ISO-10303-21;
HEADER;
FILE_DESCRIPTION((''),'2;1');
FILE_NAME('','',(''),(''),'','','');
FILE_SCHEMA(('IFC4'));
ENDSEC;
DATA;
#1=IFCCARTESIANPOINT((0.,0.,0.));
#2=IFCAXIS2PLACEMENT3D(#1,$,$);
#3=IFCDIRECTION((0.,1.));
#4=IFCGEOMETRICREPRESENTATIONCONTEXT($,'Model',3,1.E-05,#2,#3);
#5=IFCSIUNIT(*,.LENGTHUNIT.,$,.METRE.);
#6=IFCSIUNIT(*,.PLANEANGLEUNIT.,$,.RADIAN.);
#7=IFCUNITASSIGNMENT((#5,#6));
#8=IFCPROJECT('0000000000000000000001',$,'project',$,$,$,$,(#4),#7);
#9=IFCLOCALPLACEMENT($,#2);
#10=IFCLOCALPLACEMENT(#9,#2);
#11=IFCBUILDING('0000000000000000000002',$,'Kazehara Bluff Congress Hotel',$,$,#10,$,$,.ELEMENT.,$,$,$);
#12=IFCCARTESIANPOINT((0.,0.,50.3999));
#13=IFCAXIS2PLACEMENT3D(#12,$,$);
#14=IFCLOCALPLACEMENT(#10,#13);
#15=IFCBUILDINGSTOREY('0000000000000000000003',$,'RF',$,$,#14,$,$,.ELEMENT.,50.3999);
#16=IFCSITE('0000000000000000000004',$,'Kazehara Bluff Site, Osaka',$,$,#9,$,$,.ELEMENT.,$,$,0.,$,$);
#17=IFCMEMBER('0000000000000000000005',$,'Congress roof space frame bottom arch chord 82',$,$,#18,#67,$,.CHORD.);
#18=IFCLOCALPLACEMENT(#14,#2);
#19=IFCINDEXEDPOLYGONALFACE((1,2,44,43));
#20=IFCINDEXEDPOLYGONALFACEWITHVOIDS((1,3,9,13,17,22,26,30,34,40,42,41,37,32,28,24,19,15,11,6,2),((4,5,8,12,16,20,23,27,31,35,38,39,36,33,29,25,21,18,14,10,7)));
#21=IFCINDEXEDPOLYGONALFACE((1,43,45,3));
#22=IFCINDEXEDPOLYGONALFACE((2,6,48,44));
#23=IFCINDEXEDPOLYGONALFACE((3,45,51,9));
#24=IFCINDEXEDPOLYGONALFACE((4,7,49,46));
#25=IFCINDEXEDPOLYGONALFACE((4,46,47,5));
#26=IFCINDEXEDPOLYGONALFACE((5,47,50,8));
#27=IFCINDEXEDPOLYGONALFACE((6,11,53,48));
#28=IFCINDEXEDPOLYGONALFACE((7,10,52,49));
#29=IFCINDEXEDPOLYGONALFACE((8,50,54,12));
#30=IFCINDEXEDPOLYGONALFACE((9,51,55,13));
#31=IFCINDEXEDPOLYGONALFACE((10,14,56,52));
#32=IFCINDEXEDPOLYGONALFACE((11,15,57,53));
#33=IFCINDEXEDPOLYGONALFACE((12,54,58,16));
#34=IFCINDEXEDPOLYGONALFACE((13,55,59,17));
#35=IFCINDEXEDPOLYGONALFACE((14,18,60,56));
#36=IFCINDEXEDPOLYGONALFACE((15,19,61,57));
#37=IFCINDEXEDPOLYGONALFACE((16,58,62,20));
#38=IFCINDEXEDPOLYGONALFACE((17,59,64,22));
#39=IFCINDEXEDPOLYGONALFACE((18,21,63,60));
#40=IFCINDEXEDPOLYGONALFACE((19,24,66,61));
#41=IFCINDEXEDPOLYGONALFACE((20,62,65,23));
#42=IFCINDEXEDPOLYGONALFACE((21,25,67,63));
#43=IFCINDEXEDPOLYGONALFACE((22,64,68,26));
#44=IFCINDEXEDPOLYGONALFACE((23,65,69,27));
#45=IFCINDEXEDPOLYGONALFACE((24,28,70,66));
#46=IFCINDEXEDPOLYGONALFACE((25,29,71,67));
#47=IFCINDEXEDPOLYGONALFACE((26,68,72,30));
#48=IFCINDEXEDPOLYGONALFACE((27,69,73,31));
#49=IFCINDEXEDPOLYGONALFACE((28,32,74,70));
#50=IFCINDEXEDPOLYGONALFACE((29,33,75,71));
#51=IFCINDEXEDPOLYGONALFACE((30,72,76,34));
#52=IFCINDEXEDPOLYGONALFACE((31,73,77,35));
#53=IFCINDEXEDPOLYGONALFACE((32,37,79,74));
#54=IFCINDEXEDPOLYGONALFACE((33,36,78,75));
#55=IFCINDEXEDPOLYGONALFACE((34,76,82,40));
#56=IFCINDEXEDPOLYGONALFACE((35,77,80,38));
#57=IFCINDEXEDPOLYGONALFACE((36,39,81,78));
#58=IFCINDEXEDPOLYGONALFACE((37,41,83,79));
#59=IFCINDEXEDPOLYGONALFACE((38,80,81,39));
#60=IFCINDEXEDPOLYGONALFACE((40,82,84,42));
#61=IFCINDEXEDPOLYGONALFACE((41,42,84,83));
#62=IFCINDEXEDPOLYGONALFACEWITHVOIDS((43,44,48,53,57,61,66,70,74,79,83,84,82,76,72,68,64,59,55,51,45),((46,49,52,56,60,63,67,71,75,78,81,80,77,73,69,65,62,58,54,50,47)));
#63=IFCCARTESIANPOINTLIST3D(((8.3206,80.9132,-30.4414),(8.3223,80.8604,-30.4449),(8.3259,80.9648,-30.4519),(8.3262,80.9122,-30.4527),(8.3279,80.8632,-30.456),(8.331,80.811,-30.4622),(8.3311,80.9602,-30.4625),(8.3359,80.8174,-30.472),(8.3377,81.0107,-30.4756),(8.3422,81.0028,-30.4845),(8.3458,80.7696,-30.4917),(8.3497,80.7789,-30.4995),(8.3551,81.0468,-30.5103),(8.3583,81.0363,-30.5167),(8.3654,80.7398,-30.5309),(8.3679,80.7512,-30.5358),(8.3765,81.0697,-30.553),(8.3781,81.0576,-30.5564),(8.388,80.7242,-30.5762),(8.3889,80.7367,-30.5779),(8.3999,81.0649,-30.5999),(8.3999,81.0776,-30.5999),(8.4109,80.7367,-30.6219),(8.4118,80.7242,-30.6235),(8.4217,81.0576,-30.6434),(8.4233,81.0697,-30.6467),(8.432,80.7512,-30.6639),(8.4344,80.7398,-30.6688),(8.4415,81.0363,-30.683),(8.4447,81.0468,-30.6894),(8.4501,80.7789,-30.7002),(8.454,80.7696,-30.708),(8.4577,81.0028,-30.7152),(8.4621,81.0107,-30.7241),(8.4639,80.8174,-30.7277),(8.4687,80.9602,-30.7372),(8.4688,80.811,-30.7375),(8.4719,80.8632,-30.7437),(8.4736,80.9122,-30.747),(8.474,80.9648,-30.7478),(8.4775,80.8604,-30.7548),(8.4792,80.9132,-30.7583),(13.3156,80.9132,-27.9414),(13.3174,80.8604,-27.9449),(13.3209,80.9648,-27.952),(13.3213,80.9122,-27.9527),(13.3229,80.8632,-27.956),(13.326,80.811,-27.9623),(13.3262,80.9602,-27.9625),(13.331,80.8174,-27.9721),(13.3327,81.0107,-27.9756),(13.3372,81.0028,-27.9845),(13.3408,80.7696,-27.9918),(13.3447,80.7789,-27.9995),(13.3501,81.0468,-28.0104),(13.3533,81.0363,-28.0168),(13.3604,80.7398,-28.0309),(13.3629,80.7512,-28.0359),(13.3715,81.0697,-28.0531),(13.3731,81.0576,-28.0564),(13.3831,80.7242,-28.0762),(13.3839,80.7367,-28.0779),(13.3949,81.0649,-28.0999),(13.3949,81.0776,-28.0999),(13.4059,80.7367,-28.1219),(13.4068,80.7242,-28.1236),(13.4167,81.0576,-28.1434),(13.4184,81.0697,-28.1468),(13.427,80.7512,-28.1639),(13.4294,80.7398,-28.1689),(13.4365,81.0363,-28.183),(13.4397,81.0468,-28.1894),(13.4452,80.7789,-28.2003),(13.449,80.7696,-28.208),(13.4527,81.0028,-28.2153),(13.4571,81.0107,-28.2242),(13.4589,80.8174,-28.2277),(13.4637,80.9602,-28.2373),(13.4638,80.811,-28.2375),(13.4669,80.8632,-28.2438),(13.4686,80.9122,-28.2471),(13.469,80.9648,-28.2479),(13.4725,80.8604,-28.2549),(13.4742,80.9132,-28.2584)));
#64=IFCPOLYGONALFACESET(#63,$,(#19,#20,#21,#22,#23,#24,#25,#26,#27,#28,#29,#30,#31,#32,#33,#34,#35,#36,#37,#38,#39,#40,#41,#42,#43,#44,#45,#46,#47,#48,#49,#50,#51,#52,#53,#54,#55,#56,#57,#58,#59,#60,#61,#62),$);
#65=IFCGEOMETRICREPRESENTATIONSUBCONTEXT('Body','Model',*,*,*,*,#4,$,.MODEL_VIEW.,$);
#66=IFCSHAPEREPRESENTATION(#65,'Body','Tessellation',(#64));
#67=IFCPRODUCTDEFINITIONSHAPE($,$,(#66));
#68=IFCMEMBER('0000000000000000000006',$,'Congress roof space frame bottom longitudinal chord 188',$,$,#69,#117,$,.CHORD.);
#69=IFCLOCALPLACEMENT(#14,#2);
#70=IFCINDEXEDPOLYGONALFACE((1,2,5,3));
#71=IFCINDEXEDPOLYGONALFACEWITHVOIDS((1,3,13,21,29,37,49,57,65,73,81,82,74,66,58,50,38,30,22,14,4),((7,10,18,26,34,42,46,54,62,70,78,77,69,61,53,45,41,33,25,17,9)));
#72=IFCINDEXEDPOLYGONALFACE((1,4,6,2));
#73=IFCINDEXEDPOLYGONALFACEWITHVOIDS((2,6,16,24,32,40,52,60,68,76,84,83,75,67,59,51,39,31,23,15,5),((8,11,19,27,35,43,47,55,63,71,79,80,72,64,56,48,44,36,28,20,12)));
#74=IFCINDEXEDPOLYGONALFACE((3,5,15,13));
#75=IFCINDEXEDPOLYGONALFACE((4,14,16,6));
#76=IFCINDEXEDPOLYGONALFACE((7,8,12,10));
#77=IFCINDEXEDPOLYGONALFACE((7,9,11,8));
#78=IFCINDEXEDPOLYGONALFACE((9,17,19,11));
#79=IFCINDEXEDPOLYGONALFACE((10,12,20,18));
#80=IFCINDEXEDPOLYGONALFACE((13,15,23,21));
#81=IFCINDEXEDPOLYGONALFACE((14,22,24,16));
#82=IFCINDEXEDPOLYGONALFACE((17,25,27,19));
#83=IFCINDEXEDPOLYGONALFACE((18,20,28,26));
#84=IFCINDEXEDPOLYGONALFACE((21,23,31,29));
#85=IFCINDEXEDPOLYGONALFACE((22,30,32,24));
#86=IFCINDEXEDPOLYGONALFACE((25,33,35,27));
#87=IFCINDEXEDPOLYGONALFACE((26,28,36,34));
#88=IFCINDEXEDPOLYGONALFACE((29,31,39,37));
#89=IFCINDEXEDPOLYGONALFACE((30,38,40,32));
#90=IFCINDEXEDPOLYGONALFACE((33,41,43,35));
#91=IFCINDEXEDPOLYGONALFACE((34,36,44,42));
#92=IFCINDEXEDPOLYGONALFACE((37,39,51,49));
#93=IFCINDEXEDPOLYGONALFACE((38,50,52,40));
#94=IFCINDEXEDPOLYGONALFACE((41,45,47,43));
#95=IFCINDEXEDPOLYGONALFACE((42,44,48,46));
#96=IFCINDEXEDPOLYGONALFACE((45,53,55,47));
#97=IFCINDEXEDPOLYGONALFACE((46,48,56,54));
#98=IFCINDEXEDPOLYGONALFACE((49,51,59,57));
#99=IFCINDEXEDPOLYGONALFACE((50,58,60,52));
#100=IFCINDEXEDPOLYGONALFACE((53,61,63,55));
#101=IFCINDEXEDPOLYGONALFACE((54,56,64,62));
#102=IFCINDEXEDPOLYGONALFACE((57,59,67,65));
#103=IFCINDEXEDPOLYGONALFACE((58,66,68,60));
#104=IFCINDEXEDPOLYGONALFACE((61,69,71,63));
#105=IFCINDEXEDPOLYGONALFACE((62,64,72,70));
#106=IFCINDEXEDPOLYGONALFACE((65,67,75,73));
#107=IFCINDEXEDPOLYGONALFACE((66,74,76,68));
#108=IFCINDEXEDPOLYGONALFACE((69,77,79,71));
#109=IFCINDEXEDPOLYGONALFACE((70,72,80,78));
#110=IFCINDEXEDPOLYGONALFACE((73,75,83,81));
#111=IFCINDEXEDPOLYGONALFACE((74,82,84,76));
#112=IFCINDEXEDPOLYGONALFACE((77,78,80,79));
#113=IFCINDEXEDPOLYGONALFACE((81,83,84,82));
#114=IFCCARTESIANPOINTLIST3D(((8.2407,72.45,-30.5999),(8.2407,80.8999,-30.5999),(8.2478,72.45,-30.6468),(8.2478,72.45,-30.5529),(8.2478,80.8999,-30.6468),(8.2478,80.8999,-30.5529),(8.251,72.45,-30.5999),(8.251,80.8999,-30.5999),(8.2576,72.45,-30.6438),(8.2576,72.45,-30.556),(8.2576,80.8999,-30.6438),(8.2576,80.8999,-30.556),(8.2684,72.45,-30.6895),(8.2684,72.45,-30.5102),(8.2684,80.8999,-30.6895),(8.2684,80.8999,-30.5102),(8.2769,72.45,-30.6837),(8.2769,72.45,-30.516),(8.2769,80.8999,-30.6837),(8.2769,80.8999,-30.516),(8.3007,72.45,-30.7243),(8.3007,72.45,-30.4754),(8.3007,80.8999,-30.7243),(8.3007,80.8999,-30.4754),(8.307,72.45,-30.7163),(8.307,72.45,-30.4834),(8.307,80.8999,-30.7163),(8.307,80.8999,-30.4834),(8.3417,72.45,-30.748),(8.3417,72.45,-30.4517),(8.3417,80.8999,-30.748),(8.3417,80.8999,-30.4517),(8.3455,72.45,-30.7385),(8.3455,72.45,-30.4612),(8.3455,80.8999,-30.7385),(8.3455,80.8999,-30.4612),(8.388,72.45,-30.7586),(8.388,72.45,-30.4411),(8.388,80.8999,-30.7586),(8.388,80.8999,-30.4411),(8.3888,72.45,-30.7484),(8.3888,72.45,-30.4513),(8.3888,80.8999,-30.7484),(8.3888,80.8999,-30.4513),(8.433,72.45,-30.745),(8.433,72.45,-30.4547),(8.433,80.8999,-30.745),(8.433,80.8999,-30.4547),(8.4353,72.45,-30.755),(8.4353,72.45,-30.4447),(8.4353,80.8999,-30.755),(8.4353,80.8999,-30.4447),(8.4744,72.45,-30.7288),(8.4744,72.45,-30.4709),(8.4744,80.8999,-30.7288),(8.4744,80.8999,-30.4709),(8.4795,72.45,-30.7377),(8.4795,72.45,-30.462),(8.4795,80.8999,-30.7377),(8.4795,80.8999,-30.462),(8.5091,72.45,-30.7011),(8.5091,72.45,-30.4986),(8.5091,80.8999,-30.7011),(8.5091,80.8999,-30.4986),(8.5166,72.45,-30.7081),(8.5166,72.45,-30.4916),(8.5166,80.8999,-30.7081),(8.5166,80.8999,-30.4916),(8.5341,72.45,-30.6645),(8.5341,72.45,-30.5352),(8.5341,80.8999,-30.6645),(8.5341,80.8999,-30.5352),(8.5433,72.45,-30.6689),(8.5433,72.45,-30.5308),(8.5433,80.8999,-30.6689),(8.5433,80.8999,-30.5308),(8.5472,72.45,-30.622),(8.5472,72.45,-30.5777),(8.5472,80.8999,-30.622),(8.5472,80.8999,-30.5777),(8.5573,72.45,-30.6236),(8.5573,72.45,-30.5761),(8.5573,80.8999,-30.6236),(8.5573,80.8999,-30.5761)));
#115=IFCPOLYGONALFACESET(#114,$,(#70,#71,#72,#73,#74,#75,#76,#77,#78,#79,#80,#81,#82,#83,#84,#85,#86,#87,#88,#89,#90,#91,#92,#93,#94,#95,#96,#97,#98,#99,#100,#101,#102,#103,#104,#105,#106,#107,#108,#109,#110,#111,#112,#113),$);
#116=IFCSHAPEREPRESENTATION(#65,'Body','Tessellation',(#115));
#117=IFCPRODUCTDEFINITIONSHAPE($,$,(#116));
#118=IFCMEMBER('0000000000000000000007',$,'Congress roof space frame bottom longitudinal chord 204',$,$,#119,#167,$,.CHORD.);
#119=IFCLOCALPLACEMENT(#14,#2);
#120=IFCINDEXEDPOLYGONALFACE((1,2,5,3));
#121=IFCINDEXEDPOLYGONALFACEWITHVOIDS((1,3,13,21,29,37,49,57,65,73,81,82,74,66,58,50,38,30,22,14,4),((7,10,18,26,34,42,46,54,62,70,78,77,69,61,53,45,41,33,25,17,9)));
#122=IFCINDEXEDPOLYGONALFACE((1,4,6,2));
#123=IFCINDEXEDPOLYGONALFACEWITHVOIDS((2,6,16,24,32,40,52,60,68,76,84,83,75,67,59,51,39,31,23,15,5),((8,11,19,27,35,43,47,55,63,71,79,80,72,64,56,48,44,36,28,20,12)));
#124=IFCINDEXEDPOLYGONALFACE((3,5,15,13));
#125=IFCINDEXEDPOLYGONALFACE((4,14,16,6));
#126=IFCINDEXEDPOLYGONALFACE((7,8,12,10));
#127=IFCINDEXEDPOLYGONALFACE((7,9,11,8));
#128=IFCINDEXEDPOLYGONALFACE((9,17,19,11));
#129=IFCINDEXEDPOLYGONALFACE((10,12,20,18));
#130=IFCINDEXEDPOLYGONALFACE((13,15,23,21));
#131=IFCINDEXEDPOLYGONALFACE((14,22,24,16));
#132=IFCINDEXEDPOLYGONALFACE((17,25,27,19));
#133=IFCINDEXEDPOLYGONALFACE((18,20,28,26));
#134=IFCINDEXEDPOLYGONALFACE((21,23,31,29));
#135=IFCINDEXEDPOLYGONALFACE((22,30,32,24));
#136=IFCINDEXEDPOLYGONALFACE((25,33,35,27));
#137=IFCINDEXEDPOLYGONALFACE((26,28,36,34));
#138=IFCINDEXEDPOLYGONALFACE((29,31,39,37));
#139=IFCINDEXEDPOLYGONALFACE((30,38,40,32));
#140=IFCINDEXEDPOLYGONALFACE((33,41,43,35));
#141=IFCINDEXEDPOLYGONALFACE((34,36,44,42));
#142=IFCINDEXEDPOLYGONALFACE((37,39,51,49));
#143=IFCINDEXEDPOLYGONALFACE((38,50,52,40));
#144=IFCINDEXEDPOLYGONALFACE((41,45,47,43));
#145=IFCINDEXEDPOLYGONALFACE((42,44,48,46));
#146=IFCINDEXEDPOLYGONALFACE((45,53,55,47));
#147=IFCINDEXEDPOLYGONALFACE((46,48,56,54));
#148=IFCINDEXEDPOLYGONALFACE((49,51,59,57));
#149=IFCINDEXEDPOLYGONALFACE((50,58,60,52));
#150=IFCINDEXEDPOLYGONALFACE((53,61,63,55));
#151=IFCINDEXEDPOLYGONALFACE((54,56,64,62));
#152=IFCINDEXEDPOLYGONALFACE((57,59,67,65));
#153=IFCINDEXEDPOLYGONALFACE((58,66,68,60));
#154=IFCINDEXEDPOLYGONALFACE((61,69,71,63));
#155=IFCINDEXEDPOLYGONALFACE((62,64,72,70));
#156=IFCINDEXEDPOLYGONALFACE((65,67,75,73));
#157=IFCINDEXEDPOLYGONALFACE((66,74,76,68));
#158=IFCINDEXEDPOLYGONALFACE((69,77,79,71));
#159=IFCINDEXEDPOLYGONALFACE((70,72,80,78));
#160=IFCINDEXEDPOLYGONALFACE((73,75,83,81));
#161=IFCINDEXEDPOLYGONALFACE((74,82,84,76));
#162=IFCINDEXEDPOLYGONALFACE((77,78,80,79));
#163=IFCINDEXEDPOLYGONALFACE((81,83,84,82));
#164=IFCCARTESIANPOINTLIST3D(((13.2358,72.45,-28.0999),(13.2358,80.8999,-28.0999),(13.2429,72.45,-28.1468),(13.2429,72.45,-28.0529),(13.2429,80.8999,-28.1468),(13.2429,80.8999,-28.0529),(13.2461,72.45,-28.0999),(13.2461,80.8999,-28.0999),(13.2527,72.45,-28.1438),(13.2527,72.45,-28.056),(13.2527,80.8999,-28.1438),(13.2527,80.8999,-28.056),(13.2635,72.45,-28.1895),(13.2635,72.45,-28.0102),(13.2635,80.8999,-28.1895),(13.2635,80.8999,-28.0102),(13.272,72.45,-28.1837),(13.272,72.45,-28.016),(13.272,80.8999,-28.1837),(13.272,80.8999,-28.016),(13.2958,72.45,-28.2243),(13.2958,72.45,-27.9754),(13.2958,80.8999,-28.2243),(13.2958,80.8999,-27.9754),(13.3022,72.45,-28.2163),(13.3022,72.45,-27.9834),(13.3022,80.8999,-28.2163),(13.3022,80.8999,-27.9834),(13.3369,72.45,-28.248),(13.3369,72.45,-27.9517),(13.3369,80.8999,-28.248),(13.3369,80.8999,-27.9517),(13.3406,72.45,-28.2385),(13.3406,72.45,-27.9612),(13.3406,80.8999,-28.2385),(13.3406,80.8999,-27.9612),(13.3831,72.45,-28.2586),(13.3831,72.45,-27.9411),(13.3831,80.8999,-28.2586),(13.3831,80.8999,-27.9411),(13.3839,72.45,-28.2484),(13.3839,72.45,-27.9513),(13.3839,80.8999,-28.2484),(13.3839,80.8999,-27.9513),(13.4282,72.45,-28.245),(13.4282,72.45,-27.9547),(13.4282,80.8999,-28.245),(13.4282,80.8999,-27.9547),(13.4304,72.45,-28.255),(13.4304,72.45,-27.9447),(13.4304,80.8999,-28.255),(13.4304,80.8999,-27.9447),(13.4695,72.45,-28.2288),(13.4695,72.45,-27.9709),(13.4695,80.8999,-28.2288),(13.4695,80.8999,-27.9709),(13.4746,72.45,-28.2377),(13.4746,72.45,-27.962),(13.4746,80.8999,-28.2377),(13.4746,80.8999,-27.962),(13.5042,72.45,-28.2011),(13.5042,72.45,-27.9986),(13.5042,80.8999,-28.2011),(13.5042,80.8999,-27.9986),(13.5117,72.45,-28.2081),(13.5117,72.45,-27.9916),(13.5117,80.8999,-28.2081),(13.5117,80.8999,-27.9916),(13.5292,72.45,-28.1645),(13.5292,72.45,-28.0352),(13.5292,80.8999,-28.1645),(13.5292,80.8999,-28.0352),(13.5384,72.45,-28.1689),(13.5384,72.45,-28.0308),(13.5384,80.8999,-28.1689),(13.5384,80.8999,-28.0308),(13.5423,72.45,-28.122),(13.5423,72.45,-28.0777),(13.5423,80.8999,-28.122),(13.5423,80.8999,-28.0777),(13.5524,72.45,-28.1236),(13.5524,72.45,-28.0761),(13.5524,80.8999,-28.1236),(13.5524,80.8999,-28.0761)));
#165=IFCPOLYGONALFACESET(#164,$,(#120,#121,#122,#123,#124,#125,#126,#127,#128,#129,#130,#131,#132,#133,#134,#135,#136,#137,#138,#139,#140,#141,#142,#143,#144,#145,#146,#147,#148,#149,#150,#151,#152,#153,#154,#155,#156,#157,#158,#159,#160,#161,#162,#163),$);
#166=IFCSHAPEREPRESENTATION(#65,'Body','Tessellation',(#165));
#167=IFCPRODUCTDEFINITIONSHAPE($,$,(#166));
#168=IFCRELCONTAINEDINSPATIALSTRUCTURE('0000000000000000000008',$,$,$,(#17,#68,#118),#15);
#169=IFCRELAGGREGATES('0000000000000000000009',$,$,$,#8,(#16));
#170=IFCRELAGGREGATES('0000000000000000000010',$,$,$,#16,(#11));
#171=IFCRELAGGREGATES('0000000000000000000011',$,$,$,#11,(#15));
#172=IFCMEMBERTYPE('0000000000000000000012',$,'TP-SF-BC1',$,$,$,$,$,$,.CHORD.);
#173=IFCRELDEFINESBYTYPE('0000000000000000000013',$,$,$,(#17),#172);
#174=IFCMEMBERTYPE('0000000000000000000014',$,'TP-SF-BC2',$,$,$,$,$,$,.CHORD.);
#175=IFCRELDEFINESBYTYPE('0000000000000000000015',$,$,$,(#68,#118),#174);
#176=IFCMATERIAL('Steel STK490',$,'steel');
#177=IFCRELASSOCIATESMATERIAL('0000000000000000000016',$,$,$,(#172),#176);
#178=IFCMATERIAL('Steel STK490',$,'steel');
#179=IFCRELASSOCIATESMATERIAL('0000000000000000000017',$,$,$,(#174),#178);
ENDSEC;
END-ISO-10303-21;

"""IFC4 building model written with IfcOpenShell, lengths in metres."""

from ifc_helpers import new_model, si_unit, direction, frame, origin, origin_2d, place, context, subcontext, project, spatial, hollow_circle, extrude, material, material_profile, profile_set, type_object, element, save


model = new_model("IFC4")

# Units and contexts
model_context = context("Model", 3, precision=1e-05, world=origin(), true_north=direction((0.0, 1.0)))
body_context = subcontext(model_context, "Body", "Model", "MODEL_VIEW")
ifc_project = project(units=[si_unit("LENGTHUNIT", "METRE"), si_unit("PLANEANGLEUNIT", "RADIAN")], contexts=[model_context])

# Site, building, storey
site_placement = place(None, origin())
site = spatial("IfcSite", under=ifc_project, at=site_placement, Name="Kazehara Bluff Site, Osaka", CompositionType="ELEMENT", RefElevation=0.0)
building_placement = place(site_placement, origin())
building = spatial("IfcBuilding", under=site, at=building_placement, Name="Kazehara Bluff Congress Hotel", CompositionType="ELEMENT")
storey_placement = place(building_placement, frame((0.0, 0.0, 50.3999)))
storey = spatial("IfcBuildingStorey", under=building, at=storey_placement, Name="RF", CompositionType="ELEMENT", Elevation=50.3999)

# Members
ifc_material_1 = material(Name="Steel STK490", Category="steel")
ifc_material_profile_1 = material_profile(ifc_material_1, hollow_circle(Radius=0.1777, WallThickness=0.0127, at=origin_2d()))
ifc_profile_set_1 = profile_set([ifc_material_profile_1], Name="Steel STK490")
member_type_1 = type_object("IfcMemberType", Name="TP-SF-BC1", PredefinedType="CHORD", material=ifc_profile_set_1)
member_1_placement = place(storey_placement, frame((8.3999, 80.8999, -30.5999), z_axis=(0.894252, 0.0, 0.447563), x_axis=(0.0, 1.0, 0.0)))
element("IfcMember", 1, at=member_1_placement, inside=storey, type_object=member_type_1, Name="Congress roof space frame bottom arch chord 82", PredefinedType="CHORD", context=body_context, shape_type="SweptSolid", body=[
    extrude(hollow_circle(Radius=0.1777, WallThickness=0.0127, at=origin_2d()), origin(), (0.0, 0.0, 1.0), 5.5857),
])
ifc_material_2 = material(Name="Steel STK490", Category="steel")
ifc_material_profile_2 = material_profile(ifc_material_2, hollow_circle(Radius=0.1592, WallThickness=0.0103, at=origin_2d()))
ifc_profile_set_2 = profile_set([ifc_material_profile_2], Name="Steel STK490")
member_type_2 = type_object("IfcMemberType", Name="TP-SF-BC2", PredefinedType="CHORD", material=ifc_profile_set_2)
for number, where, z_axis, x_axis, name in (
    (2, (8.3999, 72.45, -30.5999), (0.0, 1.0, 0.0), (-1.0, 0.0, 0.0), "Congress roof space frame bottom longitudinal chord 188"),
    (3, (13.395, 72.45, -28.0999), (0.0, 1.0, 0.0), (-1.0, 0.0, 0.0), "Congress roof space frame bottom longitudinal chord 204"),
):
    element("IfcMember", number, at=place(storey_placement, frame(where, z_axis=z_axis, x_axis=x_axis)), inside=storey, type_object=member_type_2, Name=name, PredefinedType="CHORD", context=body_context, shape_type="SweptSolid", body=[
        extrude(hollow_circle(Radius=0.1592, WallThickness=0.0103, at=origin_2d()), origin(), (0.0, 0.0, 1.0), 8.45),
    ])

save(model, "model.ifc")
